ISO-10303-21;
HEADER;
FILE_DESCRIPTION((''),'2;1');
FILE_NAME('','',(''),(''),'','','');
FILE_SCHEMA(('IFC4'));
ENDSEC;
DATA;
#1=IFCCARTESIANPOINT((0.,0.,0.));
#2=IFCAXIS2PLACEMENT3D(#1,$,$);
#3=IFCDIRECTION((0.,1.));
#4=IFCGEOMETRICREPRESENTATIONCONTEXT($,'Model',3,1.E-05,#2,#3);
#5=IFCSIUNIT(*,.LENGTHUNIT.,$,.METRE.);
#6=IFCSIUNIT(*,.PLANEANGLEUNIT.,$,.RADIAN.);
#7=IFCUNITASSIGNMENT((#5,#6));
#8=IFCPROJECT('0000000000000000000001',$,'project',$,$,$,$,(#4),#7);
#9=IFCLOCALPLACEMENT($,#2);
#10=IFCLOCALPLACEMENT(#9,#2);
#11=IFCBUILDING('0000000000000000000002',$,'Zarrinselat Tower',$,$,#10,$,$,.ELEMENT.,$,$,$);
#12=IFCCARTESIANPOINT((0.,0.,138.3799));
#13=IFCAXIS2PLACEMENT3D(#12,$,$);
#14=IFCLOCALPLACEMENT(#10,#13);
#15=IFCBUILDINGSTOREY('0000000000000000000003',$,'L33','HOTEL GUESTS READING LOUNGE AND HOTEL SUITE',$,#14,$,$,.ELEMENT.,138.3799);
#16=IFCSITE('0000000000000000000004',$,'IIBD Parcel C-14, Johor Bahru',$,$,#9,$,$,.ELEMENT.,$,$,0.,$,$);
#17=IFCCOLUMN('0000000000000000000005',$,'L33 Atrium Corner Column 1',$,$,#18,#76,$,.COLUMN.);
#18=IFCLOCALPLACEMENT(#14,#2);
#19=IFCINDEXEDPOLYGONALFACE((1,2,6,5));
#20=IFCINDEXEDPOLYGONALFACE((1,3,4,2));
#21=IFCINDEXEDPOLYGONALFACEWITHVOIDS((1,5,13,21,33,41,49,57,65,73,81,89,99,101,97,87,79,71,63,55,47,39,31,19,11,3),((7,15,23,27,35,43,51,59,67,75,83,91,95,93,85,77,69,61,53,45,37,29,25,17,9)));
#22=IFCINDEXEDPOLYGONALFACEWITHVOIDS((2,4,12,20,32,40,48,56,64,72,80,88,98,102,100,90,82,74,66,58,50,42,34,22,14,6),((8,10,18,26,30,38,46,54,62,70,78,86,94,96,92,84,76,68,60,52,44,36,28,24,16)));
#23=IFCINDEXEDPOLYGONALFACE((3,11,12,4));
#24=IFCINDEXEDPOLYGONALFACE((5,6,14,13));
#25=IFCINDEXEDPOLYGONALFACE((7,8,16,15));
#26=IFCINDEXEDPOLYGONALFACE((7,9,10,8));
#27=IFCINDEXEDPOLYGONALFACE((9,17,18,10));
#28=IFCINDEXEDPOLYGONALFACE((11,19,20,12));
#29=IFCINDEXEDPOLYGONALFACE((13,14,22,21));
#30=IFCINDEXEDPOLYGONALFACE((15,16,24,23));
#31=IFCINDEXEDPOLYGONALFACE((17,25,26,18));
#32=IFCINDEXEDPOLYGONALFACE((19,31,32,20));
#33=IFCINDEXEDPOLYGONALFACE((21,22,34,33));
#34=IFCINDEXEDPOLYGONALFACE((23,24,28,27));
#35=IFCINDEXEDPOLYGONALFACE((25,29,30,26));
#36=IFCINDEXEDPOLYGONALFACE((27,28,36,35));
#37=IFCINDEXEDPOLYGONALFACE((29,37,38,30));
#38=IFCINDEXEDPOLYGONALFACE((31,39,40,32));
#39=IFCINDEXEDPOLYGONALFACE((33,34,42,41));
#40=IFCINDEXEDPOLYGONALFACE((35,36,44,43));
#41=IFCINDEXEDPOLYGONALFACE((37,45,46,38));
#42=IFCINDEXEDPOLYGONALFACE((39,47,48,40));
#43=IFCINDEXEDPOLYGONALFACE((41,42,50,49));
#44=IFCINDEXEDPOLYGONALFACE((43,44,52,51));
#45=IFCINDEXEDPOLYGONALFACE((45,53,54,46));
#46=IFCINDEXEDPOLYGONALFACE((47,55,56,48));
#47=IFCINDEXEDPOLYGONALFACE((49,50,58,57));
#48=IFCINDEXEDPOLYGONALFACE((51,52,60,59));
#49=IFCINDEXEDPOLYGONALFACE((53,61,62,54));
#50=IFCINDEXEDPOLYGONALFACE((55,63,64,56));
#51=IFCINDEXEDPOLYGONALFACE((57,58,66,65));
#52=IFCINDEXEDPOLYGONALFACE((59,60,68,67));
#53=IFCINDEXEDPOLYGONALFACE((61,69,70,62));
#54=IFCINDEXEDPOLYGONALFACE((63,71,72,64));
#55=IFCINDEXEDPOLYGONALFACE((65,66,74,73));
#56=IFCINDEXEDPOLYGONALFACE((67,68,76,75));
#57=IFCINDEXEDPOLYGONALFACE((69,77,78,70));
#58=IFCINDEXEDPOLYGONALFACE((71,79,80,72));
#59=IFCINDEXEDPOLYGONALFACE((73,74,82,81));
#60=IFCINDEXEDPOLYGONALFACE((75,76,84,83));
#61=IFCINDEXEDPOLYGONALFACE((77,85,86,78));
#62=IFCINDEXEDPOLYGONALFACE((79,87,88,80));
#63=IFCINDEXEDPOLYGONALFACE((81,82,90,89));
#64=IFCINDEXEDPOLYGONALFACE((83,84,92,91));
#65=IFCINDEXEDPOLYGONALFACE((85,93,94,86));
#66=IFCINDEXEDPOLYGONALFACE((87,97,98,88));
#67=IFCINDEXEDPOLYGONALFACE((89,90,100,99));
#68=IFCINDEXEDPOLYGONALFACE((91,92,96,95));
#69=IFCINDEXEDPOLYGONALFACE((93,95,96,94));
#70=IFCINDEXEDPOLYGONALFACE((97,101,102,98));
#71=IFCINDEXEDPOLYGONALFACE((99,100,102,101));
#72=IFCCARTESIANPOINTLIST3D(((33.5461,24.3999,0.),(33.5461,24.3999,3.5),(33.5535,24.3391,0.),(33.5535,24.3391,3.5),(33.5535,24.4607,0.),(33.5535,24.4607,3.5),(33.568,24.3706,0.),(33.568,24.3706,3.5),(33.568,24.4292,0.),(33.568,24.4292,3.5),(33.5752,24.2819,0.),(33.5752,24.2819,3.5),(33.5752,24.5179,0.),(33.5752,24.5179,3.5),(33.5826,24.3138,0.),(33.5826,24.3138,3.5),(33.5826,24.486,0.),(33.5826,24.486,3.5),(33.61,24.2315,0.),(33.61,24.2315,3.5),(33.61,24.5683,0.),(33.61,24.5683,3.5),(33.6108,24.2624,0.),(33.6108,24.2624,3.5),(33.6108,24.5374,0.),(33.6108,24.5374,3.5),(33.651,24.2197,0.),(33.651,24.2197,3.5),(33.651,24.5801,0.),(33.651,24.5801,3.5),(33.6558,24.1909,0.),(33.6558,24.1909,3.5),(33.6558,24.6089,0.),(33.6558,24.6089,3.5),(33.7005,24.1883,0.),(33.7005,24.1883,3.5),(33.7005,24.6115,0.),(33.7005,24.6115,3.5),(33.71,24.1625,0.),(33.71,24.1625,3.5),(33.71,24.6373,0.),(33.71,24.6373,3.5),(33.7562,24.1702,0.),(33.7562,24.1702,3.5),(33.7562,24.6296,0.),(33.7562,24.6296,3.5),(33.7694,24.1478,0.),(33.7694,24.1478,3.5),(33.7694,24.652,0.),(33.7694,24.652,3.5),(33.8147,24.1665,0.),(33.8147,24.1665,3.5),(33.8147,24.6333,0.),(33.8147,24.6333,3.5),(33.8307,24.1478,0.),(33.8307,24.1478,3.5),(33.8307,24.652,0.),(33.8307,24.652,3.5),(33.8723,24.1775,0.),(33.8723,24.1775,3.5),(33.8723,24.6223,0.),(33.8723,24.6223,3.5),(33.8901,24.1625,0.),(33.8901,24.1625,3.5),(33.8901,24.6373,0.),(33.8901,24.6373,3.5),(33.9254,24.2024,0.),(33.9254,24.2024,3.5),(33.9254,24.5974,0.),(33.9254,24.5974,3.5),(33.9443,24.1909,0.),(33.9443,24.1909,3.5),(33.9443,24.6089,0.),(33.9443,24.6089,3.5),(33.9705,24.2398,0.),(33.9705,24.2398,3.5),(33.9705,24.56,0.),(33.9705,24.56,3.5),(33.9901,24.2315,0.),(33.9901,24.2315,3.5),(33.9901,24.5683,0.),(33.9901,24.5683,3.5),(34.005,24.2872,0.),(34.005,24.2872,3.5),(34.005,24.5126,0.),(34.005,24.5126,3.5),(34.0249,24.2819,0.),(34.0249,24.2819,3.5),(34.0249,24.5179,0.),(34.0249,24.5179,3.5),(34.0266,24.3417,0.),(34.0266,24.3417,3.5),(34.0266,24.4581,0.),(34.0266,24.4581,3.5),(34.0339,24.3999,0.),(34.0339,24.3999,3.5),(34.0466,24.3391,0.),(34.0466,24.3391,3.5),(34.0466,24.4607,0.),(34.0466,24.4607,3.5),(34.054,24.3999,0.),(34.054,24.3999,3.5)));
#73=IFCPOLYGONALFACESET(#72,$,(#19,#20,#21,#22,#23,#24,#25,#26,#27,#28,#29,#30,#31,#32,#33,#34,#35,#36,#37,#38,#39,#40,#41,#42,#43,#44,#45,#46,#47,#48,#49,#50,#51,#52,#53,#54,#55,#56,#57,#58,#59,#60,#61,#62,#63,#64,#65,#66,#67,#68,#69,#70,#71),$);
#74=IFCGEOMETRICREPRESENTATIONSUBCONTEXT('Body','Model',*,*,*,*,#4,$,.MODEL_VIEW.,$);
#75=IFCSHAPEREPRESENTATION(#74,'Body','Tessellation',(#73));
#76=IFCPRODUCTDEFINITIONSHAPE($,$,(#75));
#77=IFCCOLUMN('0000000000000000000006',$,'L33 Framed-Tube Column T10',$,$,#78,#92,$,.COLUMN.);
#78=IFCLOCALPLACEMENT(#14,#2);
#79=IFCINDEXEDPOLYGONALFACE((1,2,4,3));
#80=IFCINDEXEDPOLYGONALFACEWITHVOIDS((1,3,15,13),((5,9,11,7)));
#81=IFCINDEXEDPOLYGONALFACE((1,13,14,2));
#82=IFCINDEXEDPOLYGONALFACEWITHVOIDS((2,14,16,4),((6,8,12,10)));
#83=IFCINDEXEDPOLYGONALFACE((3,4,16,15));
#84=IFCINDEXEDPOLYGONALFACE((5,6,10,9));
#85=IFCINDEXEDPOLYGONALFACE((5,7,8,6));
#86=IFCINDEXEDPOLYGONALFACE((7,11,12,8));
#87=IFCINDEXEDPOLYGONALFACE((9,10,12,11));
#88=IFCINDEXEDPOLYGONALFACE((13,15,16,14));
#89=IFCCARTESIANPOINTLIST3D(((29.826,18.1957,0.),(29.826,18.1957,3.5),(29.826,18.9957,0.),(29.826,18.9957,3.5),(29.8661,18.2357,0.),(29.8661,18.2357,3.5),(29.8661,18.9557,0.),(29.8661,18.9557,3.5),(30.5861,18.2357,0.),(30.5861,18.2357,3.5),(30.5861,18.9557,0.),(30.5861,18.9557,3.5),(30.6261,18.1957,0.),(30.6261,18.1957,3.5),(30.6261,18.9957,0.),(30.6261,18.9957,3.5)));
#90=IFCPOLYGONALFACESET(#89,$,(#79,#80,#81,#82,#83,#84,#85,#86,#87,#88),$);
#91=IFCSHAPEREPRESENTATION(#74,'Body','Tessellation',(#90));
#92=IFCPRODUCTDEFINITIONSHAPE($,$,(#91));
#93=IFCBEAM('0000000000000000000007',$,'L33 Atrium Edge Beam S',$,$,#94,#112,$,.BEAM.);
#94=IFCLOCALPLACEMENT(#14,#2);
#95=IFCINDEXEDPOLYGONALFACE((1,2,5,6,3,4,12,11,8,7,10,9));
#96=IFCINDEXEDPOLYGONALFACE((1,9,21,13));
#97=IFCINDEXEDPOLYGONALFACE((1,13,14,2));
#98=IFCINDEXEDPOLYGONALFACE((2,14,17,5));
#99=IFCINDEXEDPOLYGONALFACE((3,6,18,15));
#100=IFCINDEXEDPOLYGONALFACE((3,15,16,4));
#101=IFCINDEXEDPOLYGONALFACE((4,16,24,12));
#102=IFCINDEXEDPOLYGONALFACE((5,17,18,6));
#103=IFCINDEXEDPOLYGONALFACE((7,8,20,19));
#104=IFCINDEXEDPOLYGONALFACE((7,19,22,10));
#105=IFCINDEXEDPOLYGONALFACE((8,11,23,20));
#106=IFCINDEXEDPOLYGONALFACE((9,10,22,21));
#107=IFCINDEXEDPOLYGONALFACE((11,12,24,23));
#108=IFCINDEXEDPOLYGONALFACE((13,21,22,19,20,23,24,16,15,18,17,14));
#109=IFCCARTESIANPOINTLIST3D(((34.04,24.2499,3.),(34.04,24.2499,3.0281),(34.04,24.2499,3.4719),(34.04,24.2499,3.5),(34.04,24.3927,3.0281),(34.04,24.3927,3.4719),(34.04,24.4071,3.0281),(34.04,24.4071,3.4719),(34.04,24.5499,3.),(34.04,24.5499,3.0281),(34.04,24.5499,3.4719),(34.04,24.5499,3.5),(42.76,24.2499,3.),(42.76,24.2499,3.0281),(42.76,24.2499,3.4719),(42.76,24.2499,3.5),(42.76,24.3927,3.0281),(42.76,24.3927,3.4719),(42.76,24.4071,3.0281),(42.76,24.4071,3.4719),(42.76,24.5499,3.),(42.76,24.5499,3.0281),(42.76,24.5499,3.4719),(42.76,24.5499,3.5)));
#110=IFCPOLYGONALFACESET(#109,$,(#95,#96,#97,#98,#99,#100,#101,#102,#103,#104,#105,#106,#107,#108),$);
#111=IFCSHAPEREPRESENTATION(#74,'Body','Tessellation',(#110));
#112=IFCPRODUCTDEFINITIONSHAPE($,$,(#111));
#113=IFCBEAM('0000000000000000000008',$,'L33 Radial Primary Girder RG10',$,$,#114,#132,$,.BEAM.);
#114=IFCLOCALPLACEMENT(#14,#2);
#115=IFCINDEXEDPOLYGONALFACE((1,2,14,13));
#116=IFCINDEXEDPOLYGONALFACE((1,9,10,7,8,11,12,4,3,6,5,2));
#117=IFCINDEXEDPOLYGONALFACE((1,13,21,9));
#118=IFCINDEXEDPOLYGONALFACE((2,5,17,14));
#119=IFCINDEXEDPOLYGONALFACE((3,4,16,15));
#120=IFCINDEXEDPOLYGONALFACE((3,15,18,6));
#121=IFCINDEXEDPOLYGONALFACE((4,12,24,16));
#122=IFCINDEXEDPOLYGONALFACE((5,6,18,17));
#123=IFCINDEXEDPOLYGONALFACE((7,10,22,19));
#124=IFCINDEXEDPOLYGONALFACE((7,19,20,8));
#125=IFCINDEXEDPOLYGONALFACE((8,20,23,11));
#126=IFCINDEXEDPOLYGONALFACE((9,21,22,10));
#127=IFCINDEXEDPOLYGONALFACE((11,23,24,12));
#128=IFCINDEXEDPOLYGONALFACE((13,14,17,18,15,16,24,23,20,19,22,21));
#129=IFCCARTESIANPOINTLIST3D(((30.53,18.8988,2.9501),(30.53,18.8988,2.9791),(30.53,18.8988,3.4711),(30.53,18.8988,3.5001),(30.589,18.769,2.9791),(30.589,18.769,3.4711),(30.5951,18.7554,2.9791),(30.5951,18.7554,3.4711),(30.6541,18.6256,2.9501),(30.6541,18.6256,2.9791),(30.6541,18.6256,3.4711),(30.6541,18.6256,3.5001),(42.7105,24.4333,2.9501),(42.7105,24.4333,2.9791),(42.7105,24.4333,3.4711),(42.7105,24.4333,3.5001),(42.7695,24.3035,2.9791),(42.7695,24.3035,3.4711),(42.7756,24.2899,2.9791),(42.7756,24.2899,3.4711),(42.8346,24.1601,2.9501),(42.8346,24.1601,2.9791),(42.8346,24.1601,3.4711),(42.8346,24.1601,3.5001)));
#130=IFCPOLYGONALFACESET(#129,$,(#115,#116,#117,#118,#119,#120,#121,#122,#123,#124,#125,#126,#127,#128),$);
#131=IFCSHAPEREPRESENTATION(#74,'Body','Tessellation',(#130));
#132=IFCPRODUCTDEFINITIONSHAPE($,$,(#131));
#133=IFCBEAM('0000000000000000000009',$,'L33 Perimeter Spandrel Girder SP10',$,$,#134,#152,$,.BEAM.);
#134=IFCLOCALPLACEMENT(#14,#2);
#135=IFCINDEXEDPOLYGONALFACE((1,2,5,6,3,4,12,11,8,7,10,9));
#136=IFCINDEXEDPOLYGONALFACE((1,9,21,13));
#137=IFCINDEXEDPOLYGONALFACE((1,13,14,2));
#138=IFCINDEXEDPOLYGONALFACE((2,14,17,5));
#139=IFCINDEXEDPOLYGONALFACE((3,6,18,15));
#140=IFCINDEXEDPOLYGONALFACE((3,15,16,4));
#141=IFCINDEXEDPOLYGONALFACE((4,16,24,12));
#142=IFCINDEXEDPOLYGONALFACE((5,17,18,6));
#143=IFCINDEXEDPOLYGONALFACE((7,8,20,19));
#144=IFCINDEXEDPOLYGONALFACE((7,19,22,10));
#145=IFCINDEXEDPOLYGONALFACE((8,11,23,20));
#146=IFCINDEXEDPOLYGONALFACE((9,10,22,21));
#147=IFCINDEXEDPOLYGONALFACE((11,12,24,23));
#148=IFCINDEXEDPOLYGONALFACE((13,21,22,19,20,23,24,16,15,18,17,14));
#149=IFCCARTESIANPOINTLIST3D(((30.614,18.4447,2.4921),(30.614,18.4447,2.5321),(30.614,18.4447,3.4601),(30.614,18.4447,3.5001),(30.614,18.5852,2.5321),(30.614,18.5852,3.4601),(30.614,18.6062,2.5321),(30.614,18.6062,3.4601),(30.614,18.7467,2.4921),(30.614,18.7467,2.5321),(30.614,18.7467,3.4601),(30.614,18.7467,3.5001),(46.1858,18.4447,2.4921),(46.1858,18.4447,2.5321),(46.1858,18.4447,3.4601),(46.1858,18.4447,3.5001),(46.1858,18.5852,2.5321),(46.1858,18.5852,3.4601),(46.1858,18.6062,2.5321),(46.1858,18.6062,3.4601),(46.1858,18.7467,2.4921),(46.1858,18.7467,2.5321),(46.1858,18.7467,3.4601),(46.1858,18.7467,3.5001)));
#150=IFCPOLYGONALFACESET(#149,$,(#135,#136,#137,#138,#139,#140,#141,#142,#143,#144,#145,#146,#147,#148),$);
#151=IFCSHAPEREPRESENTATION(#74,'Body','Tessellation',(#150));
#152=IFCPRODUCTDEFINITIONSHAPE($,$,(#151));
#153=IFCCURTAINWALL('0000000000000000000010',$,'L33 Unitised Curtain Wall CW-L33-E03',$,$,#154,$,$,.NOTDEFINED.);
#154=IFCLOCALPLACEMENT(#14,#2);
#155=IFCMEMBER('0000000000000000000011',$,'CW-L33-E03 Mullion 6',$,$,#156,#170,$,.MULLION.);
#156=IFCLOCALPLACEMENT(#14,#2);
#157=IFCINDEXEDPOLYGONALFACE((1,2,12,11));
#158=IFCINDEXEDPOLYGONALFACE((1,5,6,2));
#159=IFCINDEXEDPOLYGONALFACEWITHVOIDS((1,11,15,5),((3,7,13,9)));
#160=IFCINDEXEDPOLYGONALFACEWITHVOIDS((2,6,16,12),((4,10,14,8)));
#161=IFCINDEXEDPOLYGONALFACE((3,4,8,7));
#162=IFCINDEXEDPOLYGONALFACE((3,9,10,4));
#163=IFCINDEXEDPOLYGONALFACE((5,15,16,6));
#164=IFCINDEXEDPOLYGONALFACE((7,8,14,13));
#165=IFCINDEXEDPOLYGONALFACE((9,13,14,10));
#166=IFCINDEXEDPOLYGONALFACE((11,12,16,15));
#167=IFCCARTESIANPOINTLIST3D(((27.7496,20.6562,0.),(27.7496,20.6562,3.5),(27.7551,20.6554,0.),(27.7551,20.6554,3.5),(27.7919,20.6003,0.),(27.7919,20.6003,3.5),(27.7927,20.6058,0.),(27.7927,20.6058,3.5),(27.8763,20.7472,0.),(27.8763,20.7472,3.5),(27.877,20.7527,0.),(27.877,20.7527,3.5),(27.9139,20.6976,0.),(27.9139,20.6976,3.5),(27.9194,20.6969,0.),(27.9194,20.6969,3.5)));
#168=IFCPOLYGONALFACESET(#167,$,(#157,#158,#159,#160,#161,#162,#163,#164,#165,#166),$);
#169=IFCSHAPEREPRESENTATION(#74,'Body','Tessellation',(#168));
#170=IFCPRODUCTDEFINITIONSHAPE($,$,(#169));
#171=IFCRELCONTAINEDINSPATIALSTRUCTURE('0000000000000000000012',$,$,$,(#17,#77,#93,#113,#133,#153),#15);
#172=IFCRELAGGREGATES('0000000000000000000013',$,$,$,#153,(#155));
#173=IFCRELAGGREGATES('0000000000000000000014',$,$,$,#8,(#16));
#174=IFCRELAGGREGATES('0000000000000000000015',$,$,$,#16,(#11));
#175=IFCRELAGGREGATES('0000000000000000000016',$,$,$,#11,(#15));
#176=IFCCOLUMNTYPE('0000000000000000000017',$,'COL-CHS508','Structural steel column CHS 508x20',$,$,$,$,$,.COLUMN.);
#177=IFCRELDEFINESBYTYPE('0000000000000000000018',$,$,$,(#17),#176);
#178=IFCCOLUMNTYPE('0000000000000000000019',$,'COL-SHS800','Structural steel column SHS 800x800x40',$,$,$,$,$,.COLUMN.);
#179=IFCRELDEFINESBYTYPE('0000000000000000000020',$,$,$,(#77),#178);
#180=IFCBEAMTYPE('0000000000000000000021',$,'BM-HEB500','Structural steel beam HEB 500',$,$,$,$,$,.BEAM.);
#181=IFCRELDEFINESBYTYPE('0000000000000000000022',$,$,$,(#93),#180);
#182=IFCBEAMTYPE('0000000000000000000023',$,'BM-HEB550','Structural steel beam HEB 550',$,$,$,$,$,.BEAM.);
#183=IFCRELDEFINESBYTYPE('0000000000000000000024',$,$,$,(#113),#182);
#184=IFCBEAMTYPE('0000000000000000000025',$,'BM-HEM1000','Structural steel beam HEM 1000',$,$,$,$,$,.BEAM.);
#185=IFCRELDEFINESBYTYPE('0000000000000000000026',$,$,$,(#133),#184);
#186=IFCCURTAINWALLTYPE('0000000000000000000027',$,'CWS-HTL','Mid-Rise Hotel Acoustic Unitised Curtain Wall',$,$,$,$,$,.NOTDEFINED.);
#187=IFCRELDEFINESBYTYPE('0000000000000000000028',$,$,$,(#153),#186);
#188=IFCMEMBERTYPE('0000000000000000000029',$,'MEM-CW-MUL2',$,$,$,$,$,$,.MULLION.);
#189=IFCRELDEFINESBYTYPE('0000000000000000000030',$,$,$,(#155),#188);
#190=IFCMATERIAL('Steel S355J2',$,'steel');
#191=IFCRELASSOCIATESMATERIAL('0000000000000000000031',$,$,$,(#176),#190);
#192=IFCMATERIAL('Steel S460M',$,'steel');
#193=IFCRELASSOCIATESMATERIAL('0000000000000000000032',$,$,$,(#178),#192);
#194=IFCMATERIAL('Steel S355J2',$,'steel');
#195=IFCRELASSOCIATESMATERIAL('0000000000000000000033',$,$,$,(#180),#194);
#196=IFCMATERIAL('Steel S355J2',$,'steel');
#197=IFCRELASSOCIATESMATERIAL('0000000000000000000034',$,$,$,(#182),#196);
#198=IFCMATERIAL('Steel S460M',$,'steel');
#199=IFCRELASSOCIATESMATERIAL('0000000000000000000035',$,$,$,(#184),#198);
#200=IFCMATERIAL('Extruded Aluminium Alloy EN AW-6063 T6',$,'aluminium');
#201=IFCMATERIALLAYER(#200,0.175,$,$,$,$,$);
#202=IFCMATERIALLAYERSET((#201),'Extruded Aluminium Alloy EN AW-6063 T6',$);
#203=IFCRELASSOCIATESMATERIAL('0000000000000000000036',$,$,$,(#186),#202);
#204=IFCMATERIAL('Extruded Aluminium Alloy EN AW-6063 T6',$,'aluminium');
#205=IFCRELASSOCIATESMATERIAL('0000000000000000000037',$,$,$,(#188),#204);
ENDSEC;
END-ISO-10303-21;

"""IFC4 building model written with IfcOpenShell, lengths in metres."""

from ifc_helpers import new_model, si_unit, direction, frame, origin, origin_2d, place, context, subcontext, project, spatial, hollow_rectangle, hollow_circle, i_section, extrude, material, layer, layer_set, material_profile, profile_set, type_object, element, aggregate, save


model = new_model("IFC4")

# Units and contexts
model_context = context("Model", 3, precision=1e-05, world=origin(), true_north=direction((0.0, 1.0)))
body_context = subcontext(model_context, "Body", "Model", "MODEL_VIEW")
ifc_project = project(units=[si_unit("LENGTHUNIT", "METRE"), si_unit("PLANEANGLEUNIT", "RADIAN")], contexts=[model_context])

# Site, building, storey
site_placement = place(None, origin())
site = spatial("IfcSite", under=ifc_project, at=site_placement, Name="IIBD Parcel C-14, Johor Bahru", CompositionType="ELEMENT", RefElevation=0.0)
building_placement = place(site_placement, origin())
building = spatial("IfcBuilding", under=site, at=building_placement, Name="Zarrinselat Tower", CompositionType="ELEMENT")
storey_placement = place(building_placement, frame((0.0, 0.0, 138.3799)))
storey = spatial("IfcBuildingStorey", under=building, at=storey_placement, Name="L33", Description="HOTEL GUESTS READING LOUNGE AND HOTEL SUITE", CompositionType="ELEMENT", Elevation=138.3799)

# Columns
ifc_material_1 = material(Name="Steel S355J2", Category="steel")
ifc_material_profile_1 = material_profile(ifc_material_1, hollow_circle(Radius=0.2539, WallThickness=0.02, at=origin_2d()), Name="CHS 508x20")
ifc_profile_set_1 = profile_set([ifc_material_profile_1], Name="Steel S355J2")
column_type_1 = type_object("IfcColumnType", Name="COL-CHS508", Description="Structural steel column CHS 508x20", PredefinedType="COLUMN", material=ifc_profile_set_1)
column_1_placement = place(storey_placement, frame((33.8, 24.3999, 0.0), z_axis=(0.0, 0.0, 1.0), x_axis=(1.0, 0.0, 0.0)))
element("IfcColumn", 1, at=column_1_placement, inside=storey, type_object=column_type_1, Name="L33 Atrium Corner Column 1", PredefinedType="COLUMN", context=body_context, shape_type="SweptSolid", body=[
    extrude(hollow_circle(Radius=0.2539, WallThickness=0.02, at=origin_2d()), origin(), (0.0, 0.0, 1.0), 3.5),
])
ifc_material_2 = material(Name="Steel S460M", Category="steel")
ifc_material_profile_2 = material_profile(ifc_material_2, hollow_rectangle(XDim=0.8, YDim=0.8, WallThickness=0.04, at=origin_2d()), Name="SHS 800x800x40")
ifc_profile_set_2 = profile_set([ifc_material_profile_2], Name="Steel S460M")
column_type_2 = type_object("IfcColumnType", Name="COL-SHS800", Description="Structural steel column SHS 800x800x40", PredefinedType="COLUMN", material=ifc_profile_set_2)
column_2_placement = place(storey_placement, frame((30.2261, 18.5957, 0.0), z_axis=(0.0, 0.0, 1.0), x_axis=(1.0, 0.0, 0.0)))
element("IfcColumn", 2, at=column_2_placement, inside=storey, type_object=column_type_2, Name="L33 Framed-Tube Column T10", PredefinedType="COLUMN", context=body_context, shape_type="SweptSolid", body=[
    extrude(hollow_rectangle(XDim=0.8, YDim=0.8, WallThickness=0.04, at=origin_2d()), origin(), (0.0, 0.0, 1.0), 3.5),
])

# Beams
ifc_material_3 = material(Name="Steel S355J2", Category="steel")
ifc_material_profile_3 = material_profile(ifc_material_3, i_section(OverallWidth=0.3, OverallDepth=0.5, WebThickness=0.0144, FlangeThickness=0.0281, at=origin_2d()), Name="HEB 500")
ifc_profile_set_3 = profile_set([ifc_material_profile_3], Name="Steel S355J2")
beam_type_1 = type_object("IfcBeamType", Name="BM-HEB500", Description="Structural steel beam HEB 500", PredefinedType="BEAM", material=ifc_profile_set_3)
beam_1_placement = place(storey_placement, frame((34.04, 24.3999, 3.25), z_axis=(1.0, 0.0, 0.0), x_axis=(0.0, 1.0, 0.0)))
element("IfcBeam", 3, at=beam_1_placement, inside=storey, type_object=beam_type_1, Name="L33 Atrium Edge Beam S", PredefinedType="BEAM", context=body_context, shape_type="SweptSolid", body=[
    extrude(i_section(OverallWidth=0.3, OverallDepth=0.5, WebThickness=0.0144, FlangeThickness=0.0281, at=origin_2d()), origin(), (0.0, 0.0, 1.0), 8.72),
])
ifc_material_4 = material(Name="Steel S355J2", Category="steel")
ifc_material_profile_4 = material_profile(ifc_material_4, i_section(OverallWidth=0.3, OverallDepth=0.55, WebThickness=0.0149, FlangeThickness=0.0291, at=origin_2d()), Name="HEB 550")
ifc_profile_set_4 = profile_set([ifc_material_profile_4], Name="Steel S355J2")
beam_type_2 = type_object("IfcBeamType", Name="BM-HEB550", Description="Structural steel beam HEB 550", PredefinedType="BEAM", material=ifc_profile_set_4)
beam_2_placement = place(storey_placement, frame((30.592, 18.7622, 3.2251), z_axis=(0.910426, 0.413671, 0.0), x_axis=(-0.413671, 0.910426, 0.0)))
element("IfcBeam", 4, at=beam_2_placement, inside=storey, type_object=beam_type_2, Name="L33 Radial Primary Girder RG10", PredefinedType="BEAM", context=body_context, shape_type="SweptSolid", body=[
    extrude(i_section(OverallWidth=0.3, OverallDepth=0.55, WebThickness=0.0149, FlangeThickness=0.0291, at=origin_2d()), origin(), (0.0, 0.0, 1.0), 13.3789),
])
ifc_material_5 = material(Name="Steel S460M", Category="steel")
ifc_material_profile_5 = material_profile(ifc_material_5, i_section(OverallWidth=0.302, OverallDepth=1.0081, WebThickness=0.021, FlangeThickness=0.04, at=origin_2d()), Name="HEM 1000")
ifc_profile_set_5 = profile_set([ifc_material_profile_5], Name="Steel S460M")
beam_type_3 = type_object("IfcBeamType", Name="BM-HEM1000", Description="Structural steel beam HEM 1000", PredefinedType="BEAM", material=ifc_profile_set_5)
beam_3_placement = place(storey_placement, frame((30.614, 18.5957, 2.9961), z_axis=(1.0, 0.0, 0.0), x_axis=(0.0, 1.0, 0.0)))
element("IfcBeam", 5, at=beam_3_placement, inside=storey, type_object=beam_type_3, Name="L33 Perimeter Spandrel Girder SP10", PredefinedType="BEAM", context=body_context, shape_type="SweptSolid", body=[
    extrude(i_section(OverallWidth=0.302, OverallDepth=1.0081, WebThickness=0.021, FlangeThickness=0.04, at=origin_2d()), origin(), (0.0, 0.0, 1.0), 15.5718),
])

# Curtain wall, member
ifc_material_6 = material(Name="Extruded Aluminium Alloy EN AW-6063 T6", Category="aluminium")
ifc_layer_1 = layer(ifc_material_6, 0.175)
ifc_layer_set_1 = layer_set([ifc_layer_1], Name="Extruded Aluminium Alloy EN AW-6063 T6")
curtain_wall_type = type_object("IfcCurtainWallType", Name="CWS-HTL", Description="Mid-Rise Hotel Acoustic Unitised Curtain Wall", PredefinedType="NOTDEFINED", material=ifc_layer_set_1)
curtain_wall_1_placement = place(storey_placement, origin())
curtain_wall_1 = element("IfcCurtainWall", 6, at=curtain_wall_1_placement, inside=storey, type_object=curtain_wall_type, Name="L33 Unitised Curtain Wall CW-L33-E03", PredefinedType="NOTDEFINED")
ifc_material_7 = material(Name="Extruded Aluminium Alloy EN AW-6063 T6", Category="aluminium")
ifc_material_profile_6 = material_profile(ifc_material_7, hollow_rectangle(XDim=0.0701, YDim=0.1599, WallThickness=0.0039, at=origin_2d()), Name="RHS 160x70x4")
ifc_profile_set_6 = profile_set([ifc_material_profile_6], Name="Extruded Aluminium Alloy EN AW-6063 T6")
member_type_1 = type_object("IfcMemberType", Name="MEM-CW-MUL2", PredefinedType="MULLION", material=ifc_profile_set_6)
member_1_placement = place(storey_placement, frame((27.8345, 20.6765, 0.0), z_axis=(0.0, 0.0, 1.0), x_axis=(0.603856, -0.797094, 0.0)))
member_1 = element("IfcMember", 7, at=member_1_placement, type_object=member_type_1, Name="CW-L33-E03 Mullion 6", PredefinedType="MULLION", context=body_context, shape_type="SweptSolid", body=[
    extrude(hollow_rectangle(XDim=0.0701, YDim=0.1599, WallThickness=0.0039, at=origin_2d()), origin(), (0.0, 0.0, 1.0), 3.5),
])

aggregate(curtain_wall_1, [member_1])

save(model, "model.ifc")
